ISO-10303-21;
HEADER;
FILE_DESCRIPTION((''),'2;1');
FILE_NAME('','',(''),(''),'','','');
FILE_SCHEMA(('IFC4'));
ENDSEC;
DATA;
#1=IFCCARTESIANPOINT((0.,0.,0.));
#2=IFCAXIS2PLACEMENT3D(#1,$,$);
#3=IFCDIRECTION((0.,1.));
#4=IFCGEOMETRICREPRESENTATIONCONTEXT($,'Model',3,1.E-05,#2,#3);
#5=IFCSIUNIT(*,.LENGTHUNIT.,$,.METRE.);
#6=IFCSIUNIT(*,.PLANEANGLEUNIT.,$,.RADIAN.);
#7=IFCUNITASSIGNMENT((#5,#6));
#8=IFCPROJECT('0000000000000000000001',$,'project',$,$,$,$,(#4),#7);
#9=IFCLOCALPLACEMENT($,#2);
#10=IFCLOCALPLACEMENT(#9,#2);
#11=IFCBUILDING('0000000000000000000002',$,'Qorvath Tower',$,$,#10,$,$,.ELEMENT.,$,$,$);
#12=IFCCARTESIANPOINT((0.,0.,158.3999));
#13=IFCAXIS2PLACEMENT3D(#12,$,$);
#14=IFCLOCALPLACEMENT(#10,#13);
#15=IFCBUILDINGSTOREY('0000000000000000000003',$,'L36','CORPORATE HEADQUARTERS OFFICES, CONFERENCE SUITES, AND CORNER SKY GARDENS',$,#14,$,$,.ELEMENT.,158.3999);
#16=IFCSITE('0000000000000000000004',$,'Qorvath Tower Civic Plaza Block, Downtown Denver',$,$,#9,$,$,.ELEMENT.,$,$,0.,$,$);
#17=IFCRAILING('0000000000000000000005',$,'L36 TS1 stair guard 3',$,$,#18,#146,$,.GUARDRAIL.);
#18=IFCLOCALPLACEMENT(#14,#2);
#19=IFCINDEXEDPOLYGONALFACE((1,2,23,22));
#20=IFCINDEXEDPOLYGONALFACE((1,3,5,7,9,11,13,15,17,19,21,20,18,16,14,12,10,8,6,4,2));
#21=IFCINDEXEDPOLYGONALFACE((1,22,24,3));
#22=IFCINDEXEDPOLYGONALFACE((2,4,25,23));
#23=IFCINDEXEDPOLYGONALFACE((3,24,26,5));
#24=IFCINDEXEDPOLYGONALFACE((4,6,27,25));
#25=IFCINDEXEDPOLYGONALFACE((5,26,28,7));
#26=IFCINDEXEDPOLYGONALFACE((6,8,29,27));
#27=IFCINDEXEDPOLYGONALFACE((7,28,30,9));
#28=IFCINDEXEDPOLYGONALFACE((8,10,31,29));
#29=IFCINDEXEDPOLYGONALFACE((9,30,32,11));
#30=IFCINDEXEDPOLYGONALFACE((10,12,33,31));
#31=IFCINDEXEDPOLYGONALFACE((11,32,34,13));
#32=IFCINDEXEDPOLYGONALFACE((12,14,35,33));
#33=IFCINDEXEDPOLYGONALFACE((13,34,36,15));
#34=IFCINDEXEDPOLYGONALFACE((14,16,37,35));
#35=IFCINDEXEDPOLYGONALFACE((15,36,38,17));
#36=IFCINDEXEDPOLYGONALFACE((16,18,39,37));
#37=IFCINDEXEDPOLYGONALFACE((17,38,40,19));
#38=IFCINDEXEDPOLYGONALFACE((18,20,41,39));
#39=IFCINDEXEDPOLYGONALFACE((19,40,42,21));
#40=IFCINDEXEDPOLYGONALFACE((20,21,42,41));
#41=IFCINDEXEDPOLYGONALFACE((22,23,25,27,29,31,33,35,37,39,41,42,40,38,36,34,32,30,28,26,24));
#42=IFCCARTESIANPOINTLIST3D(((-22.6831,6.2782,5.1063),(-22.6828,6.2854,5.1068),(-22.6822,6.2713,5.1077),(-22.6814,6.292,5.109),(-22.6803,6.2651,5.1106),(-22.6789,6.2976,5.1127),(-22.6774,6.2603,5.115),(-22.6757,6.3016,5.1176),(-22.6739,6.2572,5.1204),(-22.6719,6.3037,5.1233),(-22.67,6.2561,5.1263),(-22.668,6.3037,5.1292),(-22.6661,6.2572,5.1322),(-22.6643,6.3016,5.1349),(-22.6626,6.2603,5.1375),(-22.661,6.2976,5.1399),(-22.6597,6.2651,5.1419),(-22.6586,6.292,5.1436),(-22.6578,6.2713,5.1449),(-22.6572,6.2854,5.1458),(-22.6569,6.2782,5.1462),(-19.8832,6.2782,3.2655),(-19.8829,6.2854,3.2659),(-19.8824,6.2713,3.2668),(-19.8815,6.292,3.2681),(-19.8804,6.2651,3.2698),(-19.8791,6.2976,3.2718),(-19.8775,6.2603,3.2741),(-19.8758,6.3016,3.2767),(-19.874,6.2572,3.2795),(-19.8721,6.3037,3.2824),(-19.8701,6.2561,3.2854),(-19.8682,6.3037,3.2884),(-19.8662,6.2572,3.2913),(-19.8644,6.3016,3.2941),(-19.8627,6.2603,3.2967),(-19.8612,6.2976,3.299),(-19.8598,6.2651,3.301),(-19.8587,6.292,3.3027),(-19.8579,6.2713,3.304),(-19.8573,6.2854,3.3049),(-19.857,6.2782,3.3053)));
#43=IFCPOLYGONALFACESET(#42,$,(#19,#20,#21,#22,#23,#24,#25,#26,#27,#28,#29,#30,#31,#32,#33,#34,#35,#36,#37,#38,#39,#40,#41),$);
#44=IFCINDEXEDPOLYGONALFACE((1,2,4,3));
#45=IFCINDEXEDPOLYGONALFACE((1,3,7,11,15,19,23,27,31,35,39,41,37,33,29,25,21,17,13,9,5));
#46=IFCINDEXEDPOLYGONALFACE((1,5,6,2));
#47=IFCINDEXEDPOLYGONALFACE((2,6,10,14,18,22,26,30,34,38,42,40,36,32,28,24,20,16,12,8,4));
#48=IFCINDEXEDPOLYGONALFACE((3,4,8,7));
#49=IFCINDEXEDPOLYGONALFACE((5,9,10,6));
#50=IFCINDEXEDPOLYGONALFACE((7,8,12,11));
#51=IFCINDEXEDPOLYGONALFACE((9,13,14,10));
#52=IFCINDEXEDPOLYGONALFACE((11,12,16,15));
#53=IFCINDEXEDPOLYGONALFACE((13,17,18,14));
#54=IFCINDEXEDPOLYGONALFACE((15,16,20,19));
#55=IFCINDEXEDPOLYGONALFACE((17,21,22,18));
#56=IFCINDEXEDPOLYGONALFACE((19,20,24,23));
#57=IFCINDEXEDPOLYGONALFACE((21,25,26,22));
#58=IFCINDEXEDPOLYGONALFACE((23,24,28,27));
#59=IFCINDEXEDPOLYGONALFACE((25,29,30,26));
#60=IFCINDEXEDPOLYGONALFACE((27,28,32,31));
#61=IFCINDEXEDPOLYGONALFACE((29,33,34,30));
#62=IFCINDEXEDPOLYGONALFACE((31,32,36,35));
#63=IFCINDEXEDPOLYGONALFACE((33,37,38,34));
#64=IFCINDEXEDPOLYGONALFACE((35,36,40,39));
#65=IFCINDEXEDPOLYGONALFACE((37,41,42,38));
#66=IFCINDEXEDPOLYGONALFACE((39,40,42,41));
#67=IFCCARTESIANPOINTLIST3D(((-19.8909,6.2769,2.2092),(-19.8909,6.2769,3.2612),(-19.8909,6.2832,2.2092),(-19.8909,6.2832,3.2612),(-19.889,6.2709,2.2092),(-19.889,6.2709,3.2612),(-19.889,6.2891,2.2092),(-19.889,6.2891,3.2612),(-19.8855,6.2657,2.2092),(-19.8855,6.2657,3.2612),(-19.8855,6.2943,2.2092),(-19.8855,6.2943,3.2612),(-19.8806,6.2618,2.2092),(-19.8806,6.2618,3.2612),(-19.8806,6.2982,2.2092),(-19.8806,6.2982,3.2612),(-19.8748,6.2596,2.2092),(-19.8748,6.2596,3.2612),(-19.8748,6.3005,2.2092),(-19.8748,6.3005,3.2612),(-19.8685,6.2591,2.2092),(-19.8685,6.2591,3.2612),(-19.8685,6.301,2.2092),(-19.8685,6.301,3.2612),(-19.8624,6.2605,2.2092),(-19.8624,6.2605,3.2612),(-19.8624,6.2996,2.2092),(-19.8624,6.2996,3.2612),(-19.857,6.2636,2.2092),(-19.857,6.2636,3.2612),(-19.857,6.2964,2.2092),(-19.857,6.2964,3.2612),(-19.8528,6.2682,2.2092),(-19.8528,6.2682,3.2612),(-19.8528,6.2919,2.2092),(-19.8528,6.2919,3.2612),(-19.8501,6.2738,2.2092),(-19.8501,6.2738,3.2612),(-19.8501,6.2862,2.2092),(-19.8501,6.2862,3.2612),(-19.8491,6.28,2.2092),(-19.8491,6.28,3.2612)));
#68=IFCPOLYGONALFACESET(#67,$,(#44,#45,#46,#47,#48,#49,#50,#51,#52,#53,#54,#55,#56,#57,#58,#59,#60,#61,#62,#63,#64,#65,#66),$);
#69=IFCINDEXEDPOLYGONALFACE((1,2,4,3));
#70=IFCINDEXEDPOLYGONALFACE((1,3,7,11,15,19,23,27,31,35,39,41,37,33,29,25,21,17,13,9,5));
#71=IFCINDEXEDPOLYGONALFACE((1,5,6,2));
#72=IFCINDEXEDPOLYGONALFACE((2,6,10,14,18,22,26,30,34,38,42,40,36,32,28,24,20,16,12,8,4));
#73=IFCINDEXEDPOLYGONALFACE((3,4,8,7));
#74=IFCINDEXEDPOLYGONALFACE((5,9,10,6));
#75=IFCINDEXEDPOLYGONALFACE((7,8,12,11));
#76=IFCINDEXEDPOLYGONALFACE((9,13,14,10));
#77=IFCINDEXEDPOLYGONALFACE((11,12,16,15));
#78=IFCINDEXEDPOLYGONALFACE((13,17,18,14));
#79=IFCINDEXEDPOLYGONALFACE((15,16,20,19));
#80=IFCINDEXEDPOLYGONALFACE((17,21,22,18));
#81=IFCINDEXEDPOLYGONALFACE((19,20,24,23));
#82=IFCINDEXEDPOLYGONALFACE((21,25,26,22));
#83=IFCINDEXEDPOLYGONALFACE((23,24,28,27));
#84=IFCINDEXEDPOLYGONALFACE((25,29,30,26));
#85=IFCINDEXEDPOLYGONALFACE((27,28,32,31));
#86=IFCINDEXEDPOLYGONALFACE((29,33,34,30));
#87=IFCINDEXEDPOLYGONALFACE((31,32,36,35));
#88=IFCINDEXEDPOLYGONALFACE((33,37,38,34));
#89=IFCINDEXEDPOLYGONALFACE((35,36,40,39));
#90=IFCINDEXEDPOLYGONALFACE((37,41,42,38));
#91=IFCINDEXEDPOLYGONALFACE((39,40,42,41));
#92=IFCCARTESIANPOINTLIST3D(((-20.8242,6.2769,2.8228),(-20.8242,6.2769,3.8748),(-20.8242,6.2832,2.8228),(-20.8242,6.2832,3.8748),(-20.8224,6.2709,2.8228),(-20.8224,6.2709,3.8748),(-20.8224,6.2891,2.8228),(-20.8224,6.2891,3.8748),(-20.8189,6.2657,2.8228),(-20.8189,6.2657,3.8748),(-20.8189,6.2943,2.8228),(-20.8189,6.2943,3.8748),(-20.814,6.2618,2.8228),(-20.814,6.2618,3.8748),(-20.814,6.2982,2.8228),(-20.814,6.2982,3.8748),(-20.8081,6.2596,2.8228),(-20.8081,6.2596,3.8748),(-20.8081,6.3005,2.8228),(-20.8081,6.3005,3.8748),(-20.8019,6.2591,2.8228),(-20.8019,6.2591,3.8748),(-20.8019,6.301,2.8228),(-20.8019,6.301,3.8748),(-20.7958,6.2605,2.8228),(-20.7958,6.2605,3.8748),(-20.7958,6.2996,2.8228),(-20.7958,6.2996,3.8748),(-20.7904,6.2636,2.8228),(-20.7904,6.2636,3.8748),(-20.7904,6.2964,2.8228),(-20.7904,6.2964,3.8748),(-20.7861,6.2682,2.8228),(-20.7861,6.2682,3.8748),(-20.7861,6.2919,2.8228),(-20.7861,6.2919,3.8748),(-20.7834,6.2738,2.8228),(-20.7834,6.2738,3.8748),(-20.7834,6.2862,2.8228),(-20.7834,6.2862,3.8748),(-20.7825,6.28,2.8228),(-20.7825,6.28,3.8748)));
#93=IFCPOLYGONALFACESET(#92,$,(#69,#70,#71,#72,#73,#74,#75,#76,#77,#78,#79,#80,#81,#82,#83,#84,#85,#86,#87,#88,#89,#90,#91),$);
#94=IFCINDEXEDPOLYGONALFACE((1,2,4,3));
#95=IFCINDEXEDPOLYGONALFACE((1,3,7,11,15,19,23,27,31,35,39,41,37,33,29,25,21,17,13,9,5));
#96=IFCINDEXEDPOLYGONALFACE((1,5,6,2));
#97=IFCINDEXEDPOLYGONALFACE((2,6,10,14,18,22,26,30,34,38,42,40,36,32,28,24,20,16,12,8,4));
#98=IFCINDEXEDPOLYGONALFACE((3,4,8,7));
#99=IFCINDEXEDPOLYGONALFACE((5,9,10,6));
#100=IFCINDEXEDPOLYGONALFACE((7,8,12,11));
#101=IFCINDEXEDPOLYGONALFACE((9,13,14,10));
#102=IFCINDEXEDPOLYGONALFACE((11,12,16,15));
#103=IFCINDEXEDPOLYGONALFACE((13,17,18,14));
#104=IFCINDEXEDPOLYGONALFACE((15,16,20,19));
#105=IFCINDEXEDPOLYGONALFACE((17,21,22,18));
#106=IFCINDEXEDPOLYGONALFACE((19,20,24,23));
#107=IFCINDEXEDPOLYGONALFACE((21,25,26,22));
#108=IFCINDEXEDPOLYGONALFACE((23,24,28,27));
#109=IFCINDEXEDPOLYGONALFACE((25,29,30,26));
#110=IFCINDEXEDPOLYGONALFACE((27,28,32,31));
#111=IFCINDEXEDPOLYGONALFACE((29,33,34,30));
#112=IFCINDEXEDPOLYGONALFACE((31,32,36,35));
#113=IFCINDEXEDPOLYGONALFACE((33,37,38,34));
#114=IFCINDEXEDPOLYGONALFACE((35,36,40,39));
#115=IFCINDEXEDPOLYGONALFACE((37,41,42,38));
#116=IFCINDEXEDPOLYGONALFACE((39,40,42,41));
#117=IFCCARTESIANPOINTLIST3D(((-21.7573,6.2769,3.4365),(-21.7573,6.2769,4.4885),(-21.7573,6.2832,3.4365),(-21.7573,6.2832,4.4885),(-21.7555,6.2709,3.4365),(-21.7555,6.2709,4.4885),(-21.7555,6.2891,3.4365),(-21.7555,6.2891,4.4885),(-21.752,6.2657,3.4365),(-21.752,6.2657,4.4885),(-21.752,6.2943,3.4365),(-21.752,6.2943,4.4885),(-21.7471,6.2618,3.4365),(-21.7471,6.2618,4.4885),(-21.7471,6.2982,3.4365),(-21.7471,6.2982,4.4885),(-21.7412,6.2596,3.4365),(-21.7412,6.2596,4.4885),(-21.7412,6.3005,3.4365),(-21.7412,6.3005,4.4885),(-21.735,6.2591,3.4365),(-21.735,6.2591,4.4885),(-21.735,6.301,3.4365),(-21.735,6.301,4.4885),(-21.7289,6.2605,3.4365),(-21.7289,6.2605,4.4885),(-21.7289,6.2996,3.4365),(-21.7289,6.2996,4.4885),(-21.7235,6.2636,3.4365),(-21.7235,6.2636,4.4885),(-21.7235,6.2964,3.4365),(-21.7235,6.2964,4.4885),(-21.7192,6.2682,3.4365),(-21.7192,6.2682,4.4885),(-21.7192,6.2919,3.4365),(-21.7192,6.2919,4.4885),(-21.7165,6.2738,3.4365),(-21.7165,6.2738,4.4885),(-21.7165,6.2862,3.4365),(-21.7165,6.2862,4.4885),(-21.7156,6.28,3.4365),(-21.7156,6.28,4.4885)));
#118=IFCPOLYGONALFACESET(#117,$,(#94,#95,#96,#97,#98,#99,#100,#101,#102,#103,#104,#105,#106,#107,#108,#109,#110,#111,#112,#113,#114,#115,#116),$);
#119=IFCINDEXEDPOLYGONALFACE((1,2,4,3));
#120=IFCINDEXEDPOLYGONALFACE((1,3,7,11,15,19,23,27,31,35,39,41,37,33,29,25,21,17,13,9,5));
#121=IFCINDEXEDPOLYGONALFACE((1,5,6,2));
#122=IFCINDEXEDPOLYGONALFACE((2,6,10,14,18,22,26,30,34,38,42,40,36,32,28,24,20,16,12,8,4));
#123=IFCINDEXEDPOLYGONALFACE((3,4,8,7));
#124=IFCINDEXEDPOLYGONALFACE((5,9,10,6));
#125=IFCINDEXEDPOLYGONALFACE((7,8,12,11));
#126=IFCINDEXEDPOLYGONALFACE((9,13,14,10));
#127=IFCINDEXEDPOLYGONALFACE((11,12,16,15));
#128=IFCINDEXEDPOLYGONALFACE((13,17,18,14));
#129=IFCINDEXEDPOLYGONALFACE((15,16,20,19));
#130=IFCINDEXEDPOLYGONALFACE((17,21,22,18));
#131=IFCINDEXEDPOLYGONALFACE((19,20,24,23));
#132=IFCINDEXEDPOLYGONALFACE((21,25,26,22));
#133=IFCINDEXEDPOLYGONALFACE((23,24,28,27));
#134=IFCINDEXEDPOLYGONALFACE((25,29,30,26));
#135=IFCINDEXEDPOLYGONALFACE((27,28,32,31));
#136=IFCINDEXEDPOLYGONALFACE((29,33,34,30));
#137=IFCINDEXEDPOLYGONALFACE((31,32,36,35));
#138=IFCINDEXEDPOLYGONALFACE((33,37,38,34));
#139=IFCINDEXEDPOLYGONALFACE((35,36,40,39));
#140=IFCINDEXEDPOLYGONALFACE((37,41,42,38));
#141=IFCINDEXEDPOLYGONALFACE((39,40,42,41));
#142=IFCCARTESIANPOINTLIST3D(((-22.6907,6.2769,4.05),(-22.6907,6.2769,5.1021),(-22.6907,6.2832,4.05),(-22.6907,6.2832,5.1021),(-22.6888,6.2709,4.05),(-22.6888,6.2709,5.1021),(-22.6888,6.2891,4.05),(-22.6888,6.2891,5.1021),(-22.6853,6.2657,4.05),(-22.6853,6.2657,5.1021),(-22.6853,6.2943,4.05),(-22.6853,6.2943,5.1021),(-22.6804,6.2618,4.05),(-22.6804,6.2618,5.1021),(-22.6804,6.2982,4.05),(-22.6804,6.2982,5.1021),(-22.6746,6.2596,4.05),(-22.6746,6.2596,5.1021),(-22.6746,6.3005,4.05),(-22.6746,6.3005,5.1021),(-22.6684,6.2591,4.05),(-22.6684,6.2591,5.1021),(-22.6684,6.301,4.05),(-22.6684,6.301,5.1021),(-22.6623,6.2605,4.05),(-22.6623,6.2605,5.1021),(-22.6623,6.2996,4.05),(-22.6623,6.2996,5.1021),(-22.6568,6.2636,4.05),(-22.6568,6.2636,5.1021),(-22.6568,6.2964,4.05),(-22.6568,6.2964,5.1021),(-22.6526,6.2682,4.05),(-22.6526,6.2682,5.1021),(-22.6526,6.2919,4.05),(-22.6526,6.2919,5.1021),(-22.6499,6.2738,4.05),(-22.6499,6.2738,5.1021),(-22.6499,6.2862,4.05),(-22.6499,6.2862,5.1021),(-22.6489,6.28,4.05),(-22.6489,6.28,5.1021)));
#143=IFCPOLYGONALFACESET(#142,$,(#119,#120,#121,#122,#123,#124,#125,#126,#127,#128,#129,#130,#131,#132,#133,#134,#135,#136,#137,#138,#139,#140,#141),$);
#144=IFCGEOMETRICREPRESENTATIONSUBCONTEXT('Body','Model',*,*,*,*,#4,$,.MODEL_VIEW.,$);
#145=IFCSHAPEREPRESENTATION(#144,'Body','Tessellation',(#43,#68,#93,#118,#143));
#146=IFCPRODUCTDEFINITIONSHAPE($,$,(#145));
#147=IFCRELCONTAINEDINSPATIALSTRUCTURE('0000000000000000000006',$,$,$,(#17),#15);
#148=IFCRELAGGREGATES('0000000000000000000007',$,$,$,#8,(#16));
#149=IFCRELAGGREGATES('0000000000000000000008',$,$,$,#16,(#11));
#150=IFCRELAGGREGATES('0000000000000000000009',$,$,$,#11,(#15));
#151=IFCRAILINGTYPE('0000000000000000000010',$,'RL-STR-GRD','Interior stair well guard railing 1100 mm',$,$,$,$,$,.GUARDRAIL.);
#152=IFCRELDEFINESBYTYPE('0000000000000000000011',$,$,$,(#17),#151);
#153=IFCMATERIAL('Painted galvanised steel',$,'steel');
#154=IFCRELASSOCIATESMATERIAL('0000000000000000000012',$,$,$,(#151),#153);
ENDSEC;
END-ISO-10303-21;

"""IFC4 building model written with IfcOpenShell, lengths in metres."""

from ifc_helpers import new_model, si_unit, direction, frame, origin, origin_2d, place, context, subcontext, project, spatial, circle, extrude, material, type_object, element, save


model = new_model("IFC4")

# Units and contexts
model_context = context("Model", 3, precision=1e-05, world=origin(), true_north=direction((0.0, 1.0)))
body_context = subcontext(model_context, "Body", "Model", "MODEL_VIEW")
ifc_project = project(units=[si_unit("LENGTHUNIT", "METRE"), si_unit("PLANEANGLEUNIT", "RADIAN")], contexts=[model_context])

# Site, building, storey
site_placement = place(None, origin())
site = spatial("IfcSite", under=ifc_project, at=site_placement, Name="Qorvath Tower Civic Plaza Block, Downtown Denver", CompositionType="ELEMENT", RefElevation=0.0)
building_placement = place(site_placement, origin())
building = spatial("IfcBuilding", under=site, at=building_placement, Name="Qorvath Tower", CompositionType="ELEMENT")
storey_placement = place(building_placement, frame((0.0, 0.0, 158.3999)))
storey = spatial("IfcBuildingStorey", under=building, at=storey_placement, Name="L36", Description="CORPORATE HEADQUARTERS OFFICES, CONFERENCE SUITES, AND CORNER SKY GARDENS", CompositionType="ELEMENT", Elevation=158.3999)

# Railing
ifc_material_1 = material(Name="Painted galvanised steel", Category="steel")
railing_type_1 = type_object("IfcRailingType", Name="RL-STR-GRD", Description="Interior stair well guard railing 1100 mm", PredefinedType="GUARDRAIL", material=ifc_material_1)
railing_1_placement = place(storey_placement, frame((-19.8701, 6.28, 2.2092)))
element("IfcRailing", 1, at=railing_1_placement, inside=storey, type_object=railing_type_1, Name="L36 TS1 stair guard 3", PredefinedType="GUARDRAIL", context=body_context, shape_type="SweptSolid", body=[
    extrude(circle(Radius=0.0239, at=origin_2d()), frame((0.0, 0.0, 1.0762), z_axis=(-0.835576, 0.0, 0.549376), x_axis=(0.0, -1.0, 0.0)), (0.0, 0.0, 1.0), 3.3508),
    extrude(circle(Radius=0.021, at=origin_2d()), origin(), (0.0, 0.0, 1.0), 1.052),
    extrude(circle(Radius=0.021, at=origin_2d()), frame((-0.9333, 0.0, 0.6135)), (0.0, 0.0, 1.0), 1.052),
    extrude(circle(Radius=0.021, at=origin_2d()), frame((-1.8665, 0.0, 1.2273)), (0.0, 0.0, 1.0), 1.052),
    extrude(circle(Radius=0.021, at=origin_2d()), frame((-2.7998, 0.0, 1.8408)), (0.0, 0.0, 1.0), 1.052),
])

save(model, "model.ifc")
